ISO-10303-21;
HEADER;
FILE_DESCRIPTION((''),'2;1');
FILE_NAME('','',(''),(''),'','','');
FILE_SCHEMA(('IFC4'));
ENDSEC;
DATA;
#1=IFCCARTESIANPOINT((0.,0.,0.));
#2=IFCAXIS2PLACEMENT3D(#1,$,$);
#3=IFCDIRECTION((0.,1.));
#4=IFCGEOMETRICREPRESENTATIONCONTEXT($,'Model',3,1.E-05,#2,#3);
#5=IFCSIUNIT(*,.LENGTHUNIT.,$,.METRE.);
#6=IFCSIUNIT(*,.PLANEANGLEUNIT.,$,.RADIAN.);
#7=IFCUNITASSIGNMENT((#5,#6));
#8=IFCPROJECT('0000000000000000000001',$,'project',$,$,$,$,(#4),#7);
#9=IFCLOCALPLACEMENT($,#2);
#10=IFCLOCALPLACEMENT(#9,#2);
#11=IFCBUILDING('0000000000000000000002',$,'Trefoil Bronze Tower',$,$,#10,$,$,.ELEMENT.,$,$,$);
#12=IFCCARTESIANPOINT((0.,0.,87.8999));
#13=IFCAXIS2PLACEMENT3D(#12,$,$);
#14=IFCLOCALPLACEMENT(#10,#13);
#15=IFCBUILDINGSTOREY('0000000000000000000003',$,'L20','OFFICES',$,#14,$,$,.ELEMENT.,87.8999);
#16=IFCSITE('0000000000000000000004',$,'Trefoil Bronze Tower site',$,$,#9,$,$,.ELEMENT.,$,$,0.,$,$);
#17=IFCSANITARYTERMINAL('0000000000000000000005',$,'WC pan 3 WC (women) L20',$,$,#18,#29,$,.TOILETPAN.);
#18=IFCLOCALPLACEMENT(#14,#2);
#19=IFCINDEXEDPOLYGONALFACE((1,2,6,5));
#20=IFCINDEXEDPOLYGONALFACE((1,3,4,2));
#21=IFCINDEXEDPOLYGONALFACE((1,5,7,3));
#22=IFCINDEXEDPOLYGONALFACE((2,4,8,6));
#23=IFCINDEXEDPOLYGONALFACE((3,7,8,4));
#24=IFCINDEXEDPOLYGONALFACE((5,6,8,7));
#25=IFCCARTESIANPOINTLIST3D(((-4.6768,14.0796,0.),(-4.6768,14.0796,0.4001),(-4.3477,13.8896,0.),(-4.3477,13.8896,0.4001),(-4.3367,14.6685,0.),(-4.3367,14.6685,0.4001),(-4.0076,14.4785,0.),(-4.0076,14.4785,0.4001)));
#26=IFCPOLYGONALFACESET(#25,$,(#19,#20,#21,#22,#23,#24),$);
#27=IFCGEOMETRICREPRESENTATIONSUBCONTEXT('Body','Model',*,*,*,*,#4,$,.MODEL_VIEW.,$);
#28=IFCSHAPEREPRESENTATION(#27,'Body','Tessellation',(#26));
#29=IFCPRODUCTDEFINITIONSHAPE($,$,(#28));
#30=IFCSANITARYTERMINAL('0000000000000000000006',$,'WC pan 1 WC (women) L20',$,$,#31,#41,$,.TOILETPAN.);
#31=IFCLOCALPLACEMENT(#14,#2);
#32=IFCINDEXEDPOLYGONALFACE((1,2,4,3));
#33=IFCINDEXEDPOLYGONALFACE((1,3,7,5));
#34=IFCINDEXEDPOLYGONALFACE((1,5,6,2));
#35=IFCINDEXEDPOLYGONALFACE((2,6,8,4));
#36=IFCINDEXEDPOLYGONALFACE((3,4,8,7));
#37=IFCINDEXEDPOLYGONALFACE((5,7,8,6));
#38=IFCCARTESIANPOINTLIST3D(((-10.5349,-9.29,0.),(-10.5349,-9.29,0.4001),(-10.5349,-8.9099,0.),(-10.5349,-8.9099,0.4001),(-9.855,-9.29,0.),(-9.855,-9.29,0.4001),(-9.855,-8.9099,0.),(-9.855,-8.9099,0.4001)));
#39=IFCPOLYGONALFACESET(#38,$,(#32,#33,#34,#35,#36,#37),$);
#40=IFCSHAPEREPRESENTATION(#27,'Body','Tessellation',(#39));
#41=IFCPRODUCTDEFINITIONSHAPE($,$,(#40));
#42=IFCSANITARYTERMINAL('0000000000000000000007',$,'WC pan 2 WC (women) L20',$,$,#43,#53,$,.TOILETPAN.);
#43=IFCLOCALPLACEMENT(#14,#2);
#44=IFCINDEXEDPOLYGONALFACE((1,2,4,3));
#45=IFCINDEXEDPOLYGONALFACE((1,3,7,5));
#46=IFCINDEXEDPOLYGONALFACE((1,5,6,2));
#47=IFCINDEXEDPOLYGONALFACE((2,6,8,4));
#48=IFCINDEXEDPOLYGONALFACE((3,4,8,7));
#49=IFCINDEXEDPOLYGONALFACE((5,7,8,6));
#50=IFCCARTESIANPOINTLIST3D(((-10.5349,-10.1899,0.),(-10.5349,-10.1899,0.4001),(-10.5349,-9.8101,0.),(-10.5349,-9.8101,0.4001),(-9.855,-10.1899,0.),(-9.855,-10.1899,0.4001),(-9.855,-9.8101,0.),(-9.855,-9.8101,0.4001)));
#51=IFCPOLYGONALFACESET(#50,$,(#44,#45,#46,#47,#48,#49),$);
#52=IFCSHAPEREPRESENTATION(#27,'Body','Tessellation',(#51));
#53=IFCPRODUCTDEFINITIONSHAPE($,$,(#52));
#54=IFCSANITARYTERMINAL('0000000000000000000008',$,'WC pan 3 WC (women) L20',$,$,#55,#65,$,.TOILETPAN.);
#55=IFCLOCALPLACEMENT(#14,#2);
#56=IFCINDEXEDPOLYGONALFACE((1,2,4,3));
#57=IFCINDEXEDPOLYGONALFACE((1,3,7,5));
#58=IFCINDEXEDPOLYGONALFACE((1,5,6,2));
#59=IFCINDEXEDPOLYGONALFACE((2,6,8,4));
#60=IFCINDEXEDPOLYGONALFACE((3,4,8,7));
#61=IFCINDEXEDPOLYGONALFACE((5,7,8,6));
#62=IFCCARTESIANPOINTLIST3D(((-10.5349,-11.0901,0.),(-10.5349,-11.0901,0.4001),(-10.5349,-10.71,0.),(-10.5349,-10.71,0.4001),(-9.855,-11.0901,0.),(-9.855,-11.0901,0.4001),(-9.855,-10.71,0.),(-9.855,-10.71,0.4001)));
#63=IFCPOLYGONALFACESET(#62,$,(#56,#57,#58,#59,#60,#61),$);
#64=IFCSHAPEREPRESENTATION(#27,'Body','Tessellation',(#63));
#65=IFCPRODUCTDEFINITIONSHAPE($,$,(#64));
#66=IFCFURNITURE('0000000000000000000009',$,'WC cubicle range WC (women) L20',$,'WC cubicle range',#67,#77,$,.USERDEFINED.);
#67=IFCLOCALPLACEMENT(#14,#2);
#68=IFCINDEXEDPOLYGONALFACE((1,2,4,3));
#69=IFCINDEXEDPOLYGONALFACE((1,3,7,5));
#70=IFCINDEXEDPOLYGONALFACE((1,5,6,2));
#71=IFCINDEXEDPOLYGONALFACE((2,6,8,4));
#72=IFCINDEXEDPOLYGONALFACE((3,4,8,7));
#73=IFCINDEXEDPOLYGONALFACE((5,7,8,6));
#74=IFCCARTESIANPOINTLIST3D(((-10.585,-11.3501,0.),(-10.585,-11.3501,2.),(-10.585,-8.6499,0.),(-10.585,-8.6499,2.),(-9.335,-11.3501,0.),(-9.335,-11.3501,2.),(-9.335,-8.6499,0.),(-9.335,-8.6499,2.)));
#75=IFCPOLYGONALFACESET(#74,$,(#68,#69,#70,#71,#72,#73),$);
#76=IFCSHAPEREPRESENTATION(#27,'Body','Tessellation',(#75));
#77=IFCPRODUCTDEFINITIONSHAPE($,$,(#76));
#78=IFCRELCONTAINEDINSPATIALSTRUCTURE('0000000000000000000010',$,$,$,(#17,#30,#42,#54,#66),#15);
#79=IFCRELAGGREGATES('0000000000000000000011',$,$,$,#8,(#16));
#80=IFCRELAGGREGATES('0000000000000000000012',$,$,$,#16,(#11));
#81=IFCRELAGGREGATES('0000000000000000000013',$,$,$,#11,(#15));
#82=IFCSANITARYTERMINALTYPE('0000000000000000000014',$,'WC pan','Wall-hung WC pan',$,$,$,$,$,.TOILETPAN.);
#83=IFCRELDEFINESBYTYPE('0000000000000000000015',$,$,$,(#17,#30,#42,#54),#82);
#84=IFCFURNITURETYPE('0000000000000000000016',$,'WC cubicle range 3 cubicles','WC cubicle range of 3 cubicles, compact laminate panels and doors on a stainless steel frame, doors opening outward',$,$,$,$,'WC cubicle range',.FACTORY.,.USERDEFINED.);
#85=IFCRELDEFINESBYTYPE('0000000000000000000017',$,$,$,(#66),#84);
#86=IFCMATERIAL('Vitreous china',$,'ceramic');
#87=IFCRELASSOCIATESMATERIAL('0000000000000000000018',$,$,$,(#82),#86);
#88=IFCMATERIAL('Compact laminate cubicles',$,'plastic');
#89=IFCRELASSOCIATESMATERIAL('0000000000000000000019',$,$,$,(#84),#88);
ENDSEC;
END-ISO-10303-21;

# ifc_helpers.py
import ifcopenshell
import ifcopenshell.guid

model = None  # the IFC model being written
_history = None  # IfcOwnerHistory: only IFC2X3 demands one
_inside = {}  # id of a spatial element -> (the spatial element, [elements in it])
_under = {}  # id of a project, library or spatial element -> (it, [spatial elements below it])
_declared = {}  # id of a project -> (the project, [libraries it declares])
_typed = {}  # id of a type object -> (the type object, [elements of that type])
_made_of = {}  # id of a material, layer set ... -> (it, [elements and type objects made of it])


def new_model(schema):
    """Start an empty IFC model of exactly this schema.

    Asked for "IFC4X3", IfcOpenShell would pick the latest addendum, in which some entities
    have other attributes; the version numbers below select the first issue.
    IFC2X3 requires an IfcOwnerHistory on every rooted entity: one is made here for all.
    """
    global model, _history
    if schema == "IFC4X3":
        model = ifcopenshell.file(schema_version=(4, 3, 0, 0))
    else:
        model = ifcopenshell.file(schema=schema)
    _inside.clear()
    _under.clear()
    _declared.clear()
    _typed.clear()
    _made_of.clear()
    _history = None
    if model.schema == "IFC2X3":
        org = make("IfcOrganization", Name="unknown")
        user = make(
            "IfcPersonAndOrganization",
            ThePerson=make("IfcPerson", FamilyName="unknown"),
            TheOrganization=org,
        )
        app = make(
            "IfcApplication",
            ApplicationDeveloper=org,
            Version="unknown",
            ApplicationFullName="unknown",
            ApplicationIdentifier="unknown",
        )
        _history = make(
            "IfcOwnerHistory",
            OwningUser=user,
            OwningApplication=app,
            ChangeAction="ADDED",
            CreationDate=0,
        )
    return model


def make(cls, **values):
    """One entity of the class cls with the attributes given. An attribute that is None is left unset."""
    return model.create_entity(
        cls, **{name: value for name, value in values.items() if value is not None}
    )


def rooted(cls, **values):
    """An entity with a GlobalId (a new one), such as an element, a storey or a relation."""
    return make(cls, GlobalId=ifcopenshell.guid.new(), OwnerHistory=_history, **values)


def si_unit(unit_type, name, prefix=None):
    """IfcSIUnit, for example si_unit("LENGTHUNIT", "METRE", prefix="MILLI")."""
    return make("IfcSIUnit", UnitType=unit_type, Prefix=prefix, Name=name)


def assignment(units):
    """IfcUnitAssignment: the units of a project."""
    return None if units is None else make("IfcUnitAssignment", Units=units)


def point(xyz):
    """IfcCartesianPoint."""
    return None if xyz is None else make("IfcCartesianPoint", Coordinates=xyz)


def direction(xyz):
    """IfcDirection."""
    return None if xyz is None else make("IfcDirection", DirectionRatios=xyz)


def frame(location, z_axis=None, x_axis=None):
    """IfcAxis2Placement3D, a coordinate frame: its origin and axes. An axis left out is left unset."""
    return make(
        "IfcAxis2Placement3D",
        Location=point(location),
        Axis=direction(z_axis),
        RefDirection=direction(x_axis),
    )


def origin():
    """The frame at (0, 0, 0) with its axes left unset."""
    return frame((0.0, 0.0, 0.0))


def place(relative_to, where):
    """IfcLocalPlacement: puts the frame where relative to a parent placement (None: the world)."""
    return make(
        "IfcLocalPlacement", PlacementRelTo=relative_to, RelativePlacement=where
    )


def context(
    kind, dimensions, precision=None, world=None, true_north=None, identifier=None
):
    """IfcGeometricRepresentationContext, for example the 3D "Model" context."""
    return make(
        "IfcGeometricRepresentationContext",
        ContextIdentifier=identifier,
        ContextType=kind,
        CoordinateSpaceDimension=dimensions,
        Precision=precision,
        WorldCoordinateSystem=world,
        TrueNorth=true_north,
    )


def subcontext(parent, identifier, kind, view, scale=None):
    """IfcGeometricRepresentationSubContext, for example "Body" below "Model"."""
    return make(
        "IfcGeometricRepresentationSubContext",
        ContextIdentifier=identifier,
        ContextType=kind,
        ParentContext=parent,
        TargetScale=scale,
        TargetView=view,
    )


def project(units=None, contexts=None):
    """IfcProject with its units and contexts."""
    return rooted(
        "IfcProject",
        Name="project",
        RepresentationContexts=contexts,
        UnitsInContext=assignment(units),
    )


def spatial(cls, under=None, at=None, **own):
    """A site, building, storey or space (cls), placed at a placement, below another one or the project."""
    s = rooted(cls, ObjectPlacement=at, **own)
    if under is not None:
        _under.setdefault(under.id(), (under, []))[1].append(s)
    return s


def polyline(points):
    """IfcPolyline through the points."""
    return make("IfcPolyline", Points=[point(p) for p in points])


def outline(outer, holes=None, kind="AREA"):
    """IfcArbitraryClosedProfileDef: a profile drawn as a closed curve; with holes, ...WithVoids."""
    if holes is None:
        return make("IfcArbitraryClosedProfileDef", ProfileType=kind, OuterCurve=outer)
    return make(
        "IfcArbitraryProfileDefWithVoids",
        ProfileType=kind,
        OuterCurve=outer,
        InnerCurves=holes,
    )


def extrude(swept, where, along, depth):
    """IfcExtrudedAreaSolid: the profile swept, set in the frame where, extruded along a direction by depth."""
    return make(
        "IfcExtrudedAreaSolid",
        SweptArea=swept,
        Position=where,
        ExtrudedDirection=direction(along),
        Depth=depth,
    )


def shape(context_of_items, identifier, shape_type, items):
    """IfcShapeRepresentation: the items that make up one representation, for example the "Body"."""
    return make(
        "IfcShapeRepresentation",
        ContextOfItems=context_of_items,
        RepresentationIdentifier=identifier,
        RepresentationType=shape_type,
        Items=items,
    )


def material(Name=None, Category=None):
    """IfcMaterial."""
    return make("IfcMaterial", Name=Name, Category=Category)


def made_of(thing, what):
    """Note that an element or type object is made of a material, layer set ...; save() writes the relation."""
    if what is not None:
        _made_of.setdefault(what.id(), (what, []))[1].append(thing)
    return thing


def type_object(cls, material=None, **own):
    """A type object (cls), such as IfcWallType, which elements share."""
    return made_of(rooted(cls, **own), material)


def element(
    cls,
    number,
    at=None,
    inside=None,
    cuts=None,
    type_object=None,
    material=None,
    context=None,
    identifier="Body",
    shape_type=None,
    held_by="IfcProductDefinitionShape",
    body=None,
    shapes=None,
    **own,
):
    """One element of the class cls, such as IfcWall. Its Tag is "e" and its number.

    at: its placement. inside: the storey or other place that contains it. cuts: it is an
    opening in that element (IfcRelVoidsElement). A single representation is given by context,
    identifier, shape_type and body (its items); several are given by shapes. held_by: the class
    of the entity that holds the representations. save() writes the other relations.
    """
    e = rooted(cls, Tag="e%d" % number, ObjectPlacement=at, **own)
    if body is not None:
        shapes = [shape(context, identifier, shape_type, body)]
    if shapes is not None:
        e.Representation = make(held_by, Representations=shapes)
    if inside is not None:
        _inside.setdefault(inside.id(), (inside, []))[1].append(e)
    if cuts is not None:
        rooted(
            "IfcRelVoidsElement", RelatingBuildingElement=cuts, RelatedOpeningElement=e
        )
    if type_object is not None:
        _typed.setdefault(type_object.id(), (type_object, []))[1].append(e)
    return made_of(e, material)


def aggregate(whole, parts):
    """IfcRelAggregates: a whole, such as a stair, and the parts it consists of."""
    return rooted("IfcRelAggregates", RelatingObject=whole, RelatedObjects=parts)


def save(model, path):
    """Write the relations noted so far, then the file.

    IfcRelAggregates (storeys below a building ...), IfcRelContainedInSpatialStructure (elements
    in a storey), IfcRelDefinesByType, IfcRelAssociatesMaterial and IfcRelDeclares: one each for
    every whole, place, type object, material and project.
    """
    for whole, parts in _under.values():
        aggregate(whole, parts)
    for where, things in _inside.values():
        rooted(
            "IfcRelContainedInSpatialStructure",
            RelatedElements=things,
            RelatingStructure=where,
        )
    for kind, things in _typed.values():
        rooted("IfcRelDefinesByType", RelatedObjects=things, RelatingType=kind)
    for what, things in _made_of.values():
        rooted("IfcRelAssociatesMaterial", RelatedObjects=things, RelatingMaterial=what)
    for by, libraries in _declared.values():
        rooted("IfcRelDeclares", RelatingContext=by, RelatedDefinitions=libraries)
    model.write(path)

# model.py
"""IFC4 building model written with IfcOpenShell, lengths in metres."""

from ifc_helpers import new_model, si_unit, direction, frame, origin, place, context, subcontext, project, spatial, polyline, outline, extrude, material, type_object, element, save


model = new_model("IFC4")

# Units and contexts
model_context = context("Model", 3, precision=1e-05, world=origin(), true_north=direction((0.0, 1.0)))
body_context = subcontext(model_context, "Body", "Model", "MODEL_VIEW")
ifc_project = project(units=[si_unit("LENGTHUNIT", "METRE"), si_unit("PLANEANGLEUNIT", "RADIAN")], contexts=[model_context])

# Site, building, storey
site_placement = place(None, origin())
site = spatial("IfcSite", under=ifc_project, at=site_placement, Name="Trefoil Bronze Tower site", CompositionType="ELEMENT", RefElevation=0.0)
building_placement = place(site_placement, origin())
building = spatial("IfcBuilding", under=site, at=building_placement, Name="Trefoil Bronze Tower", CompositionType="ELEMENT")
storey_placement = place(building_placement, frame((0.0, 0.0, 87.8999)))
storey = spatial("IfcBuildingStorey", under=building, at=storey_placement, Name="L20", Description="OFFICES", CompositionType="ELEMENT", Elevation=87.8999)

# Sanitary terminals
ifc_material_1 = material(Name="Vitreous china", Category="ceramic")
sanitary_terminal_type_1 = type_object("IfcSanitaryTerminalType", Name="WC pan", Description="Wall-hung WC pan", PredefinedType="TOILETPAN", material=ifc_material_1)
sanitary_terminal_1_placement = place(storey_placement, origin())
element("IfcSanitaryTerminal", 1, at=sanitary_terminal_1_placement, inside=storey, type_object=sanitary_terminal_type_1, Name="WC pan 3 WC (women) L20", PredefinedType="TOILETPAN", context=body_context, shape_type="SweptSolid", body=[
    extrude(outline(polyline([(-4.3477, 13.8896), (-4.0076, 14.4785), (-4.3367, 14.6685), (-4.6768, 14.0796), (-4.3477, 13.8896)])), origin(), (0.0, 0.0, 1.0), 0.4001),
])
sanitary_terminal_2_placement = place(storey_placement, origin())
element("IfcSanitaryTerminal", 2, at=sanitary_terminal_2_placement, inside=storey, type_object=sanitary_terminal_type_1, Name="WC pan 1 WC (women) L20", PredefinedType="TOILETPAN", context=body_context, shape_type="SweptSolid", body=[
    extrude(outline(polyline([(-9.855, -8.9099), (-10.5349, -8.9099), (-10.5349, -9.29), (-9.855, -9.29), (-9.855, -8.9099)])), origin(), (0.0, 0.0, 1.0), 0.4001),
])
sanitary_terminal_3_placement = place(storey_placement, origin())
element("IfcSanitaryTerminal", 3, at=sanitary_terminal_3_placement, inside=storey, type_object=sanitary_terminal_type_1, Name="WC pan 2 WC (women) L20", PredefinedType="TOILETPAN", context=body_context, shape_type="SweptSolid", body=[
    extrude(outline(polyline([(-9.855, -9.8101), (-10.5349, -9.8101), (-10.5349, -10.1899), (-9.855, -10.1899), (-9.855, -9.8101)])), origin(), (0.0, 0.0, 1.0), 0.4001),
])
sanitary_terminal_4_placement = place(storey_placement, origin())
element("IfcSanitaryTerminal", 4, at=sanitary_terminal_4_placement, inside=storey, type_object=sanitary_terminal_type_1, Name="WC pan 3 WC (women) L20", PredefinedType="TOILETPAN", context=body_context, shape_type="SweptSolid", body=[
    extrude(outline(polyline([(-9.855, -10.71), (-10.5349, -10.71), (-10.5349, -11.0901), (-9.855, -11.0901), (-9.855, -10.71)])), origin(), (0.0, 0.0, 1.0), 0.4001),
])

# Furniture
ifc_material_2 = material(Name="Compact laminate cubicles", Category="plastic")
furniture_type = type_object("IfcFurnitureType", Name="WC cubicle range 3 cubicles", Description="WC cubicle range of 3 cubicles, compact laminate panels and doors on a stainless steel frame, doors opening outward", ElementType="WC cubicle range", AssemblyPlace="FACTORY", PredefinedType="USERDEFINED", material=ifc_material_2)
furniture_placement = place(storey_placement, origin())
element("IfcFurniture", 5, at=furniture_placement, inside=storey, type_object=furniture_type, Name="WC cubicle range WC (women) L20", ObjectType="WC cubicle range", PredefinedType="USERDEFINED", context=body_context, shape_type="SweptSolid", body=[
    extrude(outline(polyline([(-9.335, -8.6499), (-10.585, -8.6499), (-10.585, -11.3501), (-9.335, -11.3501), (-9.335, -8.6499)])), origin(), (0.0, 0.0, 1.0), 2.0),
])

save(model, "model.ifc")
